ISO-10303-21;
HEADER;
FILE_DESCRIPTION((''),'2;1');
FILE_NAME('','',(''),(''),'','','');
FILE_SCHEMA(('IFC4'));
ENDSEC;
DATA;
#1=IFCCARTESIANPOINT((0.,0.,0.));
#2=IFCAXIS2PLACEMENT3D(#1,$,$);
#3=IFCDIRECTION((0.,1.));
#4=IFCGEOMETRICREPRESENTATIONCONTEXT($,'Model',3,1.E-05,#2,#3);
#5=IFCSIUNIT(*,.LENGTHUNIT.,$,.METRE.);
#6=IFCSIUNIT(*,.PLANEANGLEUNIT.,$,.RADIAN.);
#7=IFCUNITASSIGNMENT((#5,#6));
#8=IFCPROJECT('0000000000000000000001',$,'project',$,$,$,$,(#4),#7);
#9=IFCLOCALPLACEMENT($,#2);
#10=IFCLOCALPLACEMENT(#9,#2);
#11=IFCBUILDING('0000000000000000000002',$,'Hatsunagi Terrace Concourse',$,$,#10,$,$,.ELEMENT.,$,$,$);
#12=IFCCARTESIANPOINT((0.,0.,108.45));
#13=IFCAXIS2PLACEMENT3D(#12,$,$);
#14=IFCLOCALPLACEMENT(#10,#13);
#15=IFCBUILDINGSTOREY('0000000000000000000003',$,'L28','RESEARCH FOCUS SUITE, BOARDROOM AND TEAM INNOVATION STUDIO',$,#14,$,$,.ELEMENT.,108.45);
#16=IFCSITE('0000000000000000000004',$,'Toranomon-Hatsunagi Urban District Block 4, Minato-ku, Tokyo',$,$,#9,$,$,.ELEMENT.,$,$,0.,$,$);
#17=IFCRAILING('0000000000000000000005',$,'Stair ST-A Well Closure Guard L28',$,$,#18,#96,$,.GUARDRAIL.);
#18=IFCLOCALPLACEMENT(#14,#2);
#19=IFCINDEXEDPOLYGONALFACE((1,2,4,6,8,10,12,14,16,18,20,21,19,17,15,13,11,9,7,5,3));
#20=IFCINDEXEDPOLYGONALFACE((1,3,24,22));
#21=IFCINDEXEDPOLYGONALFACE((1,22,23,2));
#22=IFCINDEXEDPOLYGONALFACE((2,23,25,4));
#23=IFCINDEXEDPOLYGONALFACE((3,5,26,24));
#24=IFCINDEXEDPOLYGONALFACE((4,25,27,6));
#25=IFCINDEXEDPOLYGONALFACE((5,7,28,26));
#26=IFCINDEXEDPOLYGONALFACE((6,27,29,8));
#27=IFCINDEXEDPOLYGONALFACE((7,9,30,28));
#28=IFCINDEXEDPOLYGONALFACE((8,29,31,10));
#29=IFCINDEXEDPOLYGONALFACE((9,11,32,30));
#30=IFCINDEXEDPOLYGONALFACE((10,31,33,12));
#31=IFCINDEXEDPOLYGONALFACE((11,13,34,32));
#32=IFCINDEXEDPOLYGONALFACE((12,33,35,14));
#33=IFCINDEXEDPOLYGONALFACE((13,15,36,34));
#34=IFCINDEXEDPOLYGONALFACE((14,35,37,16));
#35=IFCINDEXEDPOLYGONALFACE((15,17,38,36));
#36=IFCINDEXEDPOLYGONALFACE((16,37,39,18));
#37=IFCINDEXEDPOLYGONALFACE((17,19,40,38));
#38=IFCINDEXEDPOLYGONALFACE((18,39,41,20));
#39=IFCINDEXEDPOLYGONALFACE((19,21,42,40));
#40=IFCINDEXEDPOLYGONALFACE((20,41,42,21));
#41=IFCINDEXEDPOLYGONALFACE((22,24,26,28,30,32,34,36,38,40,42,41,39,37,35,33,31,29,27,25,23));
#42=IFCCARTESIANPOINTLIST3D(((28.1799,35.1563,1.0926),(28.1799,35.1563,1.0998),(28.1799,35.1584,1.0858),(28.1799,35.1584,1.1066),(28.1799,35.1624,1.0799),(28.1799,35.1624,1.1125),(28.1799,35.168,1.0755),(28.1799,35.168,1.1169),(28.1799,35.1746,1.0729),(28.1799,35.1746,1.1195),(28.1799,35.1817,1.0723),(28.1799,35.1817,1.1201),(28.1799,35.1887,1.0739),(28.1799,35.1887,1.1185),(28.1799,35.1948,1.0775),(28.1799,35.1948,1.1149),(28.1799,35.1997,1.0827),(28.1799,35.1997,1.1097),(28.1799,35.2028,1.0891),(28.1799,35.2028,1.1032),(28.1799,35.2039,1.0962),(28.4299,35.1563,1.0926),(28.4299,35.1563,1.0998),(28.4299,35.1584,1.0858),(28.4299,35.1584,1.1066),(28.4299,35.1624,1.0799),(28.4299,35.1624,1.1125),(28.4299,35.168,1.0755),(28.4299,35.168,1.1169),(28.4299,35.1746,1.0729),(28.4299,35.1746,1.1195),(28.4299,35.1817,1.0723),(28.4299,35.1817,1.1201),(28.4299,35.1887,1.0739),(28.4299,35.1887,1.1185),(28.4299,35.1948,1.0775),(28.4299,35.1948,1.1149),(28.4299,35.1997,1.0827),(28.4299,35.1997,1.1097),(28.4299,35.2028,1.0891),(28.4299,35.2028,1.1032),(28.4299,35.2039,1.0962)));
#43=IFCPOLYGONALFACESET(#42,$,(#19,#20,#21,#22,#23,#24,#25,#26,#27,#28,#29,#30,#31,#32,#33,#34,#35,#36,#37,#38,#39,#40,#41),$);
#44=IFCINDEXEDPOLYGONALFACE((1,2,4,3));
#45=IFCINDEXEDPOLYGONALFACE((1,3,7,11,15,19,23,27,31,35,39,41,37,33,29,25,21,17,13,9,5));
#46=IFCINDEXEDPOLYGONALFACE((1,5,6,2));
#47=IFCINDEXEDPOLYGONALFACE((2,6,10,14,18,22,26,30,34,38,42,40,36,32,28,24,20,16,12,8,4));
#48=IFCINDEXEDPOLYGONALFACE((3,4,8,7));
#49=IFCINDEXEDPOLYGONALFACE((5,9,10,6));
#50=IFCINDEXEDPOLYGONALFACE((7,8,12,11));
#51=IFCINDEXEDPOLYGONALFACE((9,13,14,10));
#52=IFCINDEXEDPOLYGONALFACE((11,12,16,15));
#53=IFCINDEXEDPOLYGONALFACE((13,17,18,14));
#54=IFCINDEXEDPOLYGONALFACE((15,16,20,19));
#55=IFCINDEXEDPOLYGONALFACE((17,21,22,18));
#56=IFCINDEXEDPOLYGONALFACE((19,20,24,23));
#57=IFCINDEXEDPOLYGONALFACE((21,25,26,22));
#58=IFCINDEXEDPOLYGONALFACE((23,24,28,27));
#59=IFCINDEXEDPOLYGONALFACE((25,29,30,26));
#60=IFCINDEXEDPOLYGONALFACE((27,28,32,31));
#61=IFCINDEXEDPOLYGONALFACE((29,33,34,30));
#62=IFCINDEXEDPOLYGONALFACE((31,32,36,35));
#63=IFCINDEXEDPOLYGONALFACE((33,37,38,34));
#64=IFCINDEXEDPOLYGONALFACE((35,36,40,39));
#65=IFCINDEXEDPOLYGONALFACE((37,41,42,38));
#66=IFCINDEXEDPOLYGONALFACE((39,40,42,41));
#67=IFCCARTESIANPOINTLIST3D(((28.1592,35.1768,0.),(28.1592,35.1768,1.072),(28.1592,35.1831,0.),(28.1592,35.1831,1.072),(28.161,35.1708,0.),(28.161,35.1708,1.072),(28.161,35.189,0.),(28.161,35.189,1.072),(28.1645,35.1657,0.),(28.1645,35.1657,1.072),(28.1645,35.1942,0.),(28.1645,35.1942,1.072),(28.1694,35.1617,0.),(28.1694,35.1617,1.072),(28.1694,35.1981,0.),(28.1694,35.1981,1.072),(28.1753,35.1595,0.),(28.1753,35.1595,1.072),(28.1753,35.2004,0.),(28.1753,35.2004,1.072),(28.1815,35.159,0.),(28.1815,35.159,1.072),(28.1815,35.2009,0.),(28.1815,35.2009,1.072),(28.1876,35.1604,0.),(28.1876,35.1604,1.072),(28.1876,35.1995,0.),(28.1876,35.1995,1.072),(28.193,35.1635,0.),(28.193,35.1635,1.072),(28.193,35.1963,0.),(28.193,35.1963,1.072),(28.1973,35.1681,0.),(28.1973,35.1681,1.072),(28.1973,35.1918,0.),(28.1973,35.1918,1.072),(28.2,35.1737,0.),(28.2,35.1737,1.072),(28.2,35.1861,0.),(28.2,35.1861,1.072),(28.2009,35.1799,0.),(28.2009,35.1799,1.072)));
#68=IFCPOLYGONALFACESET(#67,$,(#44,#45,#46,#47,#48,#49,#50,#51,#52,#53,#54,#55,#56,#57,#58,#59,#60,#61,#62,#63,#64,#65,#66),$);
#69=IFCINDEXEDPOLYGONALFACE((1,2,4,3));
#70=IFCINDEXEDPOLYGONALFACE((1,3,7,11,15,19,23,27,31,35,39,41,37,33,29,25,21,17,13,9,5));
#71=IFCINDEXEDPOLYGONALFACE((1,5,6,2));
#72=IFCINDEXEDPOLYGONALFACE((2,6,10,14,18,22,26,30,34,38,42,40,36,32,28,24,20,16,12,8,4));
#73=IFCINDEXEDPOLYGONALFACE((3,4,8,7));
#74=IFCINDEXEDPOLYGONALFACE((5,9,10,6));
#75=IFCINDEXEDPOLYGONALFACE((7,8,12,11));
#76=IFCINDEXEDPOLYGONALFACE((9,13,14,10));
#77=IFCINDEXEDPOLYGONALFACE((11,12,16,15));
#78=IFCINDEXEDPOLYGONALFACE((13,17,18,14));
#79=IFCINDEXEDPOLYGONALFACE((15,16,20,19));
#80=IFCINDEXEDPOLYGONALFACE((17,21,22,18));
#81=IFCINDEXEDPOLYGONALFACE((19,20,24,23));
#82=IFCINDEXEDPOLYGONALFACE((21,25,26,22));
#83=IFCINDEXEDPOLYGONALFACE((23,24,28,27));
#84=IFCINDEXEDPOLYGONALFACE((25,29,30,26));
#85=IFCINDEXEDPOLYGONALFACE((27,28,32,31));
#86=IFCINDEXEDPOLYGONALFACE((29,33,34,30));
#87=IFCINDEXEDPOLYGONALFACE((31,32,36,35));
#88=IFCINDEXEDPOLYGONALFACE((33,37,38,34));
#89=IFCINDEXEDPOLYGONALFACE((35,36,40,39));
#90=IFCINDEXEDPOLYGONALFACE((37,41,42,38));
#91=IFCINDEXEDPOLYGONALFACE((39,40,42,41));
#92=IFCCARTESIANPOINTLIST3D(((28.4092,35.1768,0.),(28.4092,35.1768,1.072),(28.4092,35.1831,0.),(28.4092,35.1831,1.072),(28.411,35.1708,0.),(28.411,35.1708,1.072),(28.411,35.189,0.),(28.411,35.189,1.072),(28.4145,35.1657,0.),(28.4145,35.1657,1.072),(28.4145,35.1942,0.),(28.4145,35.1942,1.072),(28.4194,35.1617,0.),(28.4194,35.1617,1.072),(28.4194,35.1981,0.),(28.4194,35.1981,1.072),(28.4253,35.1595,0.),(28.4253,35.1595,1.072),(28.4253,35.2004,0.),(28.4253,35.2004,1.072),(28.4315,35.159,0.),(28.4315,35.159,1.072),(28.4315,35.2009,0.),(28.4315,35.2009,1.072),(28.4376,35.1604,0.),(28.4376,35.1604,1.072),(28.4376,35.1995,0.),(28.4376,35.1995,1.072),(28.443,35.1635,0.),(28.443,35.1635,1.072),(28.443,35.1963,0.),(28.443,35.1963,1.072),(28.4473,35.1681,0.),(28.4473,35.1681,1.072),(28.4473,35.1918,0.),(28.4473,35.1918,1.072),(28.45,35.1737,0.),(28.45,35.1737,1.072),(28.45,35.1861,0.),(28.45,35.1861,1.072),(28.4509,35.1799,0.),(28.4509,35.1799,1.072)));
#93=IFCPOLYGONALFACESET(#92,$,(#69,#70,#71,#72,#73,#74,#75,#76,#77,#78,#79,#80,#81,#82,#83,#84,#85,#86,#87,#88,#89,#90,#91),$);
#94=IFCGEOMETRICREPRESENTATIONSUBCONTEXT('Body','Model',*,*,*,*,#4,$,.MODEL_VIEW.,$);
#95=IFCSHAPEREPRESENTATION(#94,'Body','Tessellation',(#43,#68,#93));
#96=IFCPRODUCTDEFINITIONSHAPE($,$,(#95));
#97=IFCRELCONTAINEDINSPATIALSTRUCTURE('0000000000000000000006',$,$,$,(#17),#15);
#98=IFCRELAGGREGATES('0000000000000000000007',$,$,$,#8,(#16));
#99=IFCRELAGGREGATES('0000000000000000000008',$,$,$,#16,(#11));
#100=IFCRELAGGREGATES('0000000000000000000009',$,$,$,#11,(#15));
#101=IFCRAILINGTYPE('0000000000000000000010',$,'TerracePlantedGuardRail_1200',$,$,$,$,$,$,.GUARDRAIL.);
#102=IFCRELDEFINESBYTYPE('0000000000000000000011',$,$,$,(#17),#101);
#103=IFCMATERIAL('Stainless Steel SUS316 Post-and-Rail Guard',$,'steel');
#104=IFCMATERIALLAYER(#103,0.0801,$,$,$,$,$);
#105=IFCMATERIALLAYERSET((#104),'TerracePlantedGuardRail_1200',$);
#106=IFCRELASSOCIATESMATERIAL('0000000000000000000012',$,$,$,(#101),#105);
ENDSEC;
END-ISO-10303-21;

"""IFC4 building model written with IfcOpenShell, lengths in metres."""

from ifc_helpers import new_model, si_unit, direction, frame, origin, origin_2d, place, context, subcontext, project, spatial, circle, extrude, material, layer, layer_set, type_object, element, save


model = new_model("IFC4")

# Units and contexts
model_context = context("Model", 3, precision=1e-05, world=origin(), true_north=direction((0.0, 1.0)))
body_context = subcontext(model_context, "Body", "Model", "MODEL_VIEW")
ifc_project = project(units=[si_unit("LENGTHUNIT", "METRE"), si_unit("PLANEANGLEUNIT", "RADIAN")], contexts=[model_context])

# Site, building, storey
site_placement = place(None, origin())
site = spatial("IfcSite", under=ifc_project, at=site_placement, Name="Toranomon-Hatsunagi Urban District Block 4, Minato-ku, Tokyo", CompositionType="ELEMENT", RefElevation=0.0)
building_placement = place(site_placement, origin())
building = spatial("IfcBuilding", under=site, at=building_placement, Name="Hatsunagi Terrace Concourse", CompositionType="ELEMENT")
storey_placement = place(building_placement, frame((0.0, 0.0, 108.45)))
storey = spatial("IfcBuildingStorey", under=building, at=storey_placement, Name="L28", Description="RESEARCH FOCUS SUITE, BOARDROOM AND TEAM INNOVATION STUDIO", CompositionType="ELEMENT", Elevation=108.45)

# Railing
ifc_material_1 = material(Name="Stainless Steel SUS316 Post-and-Rail Guard", Category="steel")
ifc_layer_1 = layer(ifc_material_1, 0.0801)
ifc_layer_set_1 = layer_set([ifc_layer_1], Name="TerracePlantedGuardRail_1200")
railing_type_1 = type_object("IfcRailingType", Name="TerracePlantedGuardRail_1200", PredefinedType="GUARDRAIL", material=ifc_layer_set_1)
railing_1_placement = place(storey_placement, frame((28.1799, 35.1799, 0.0)))
element("IfcRailing", 1, at=railing_1_placement, inside=storey, type_object=railing_type_1, Name="Stair ST-A Well Closure Guard L28", PredefinedType="GUARDRAIL", context=body_context, shape_type="SweptSolid", body=[
    extrude(circle(Radius=0.0239, at=origin_2d()), frame((0.0, 0.0, 1.0962), z_axis=(1.0, 0.0, 0.0), x_axis=(0.0, 1.0, 0.0)), (0.0, 0.0, 1.0), 0.25),
    extrude(circle(Radius=0.021, at=origin_2d()), origin(), (0.0, 0.0, 1.0), 1.072),
    extrude(circle(Radius=0.021, at=origin_2d()), frame((0.25, 0.0, 0.0)), (0.0, 0.0, 1.0), 1.072),
])

save(model, "model.ifc")
